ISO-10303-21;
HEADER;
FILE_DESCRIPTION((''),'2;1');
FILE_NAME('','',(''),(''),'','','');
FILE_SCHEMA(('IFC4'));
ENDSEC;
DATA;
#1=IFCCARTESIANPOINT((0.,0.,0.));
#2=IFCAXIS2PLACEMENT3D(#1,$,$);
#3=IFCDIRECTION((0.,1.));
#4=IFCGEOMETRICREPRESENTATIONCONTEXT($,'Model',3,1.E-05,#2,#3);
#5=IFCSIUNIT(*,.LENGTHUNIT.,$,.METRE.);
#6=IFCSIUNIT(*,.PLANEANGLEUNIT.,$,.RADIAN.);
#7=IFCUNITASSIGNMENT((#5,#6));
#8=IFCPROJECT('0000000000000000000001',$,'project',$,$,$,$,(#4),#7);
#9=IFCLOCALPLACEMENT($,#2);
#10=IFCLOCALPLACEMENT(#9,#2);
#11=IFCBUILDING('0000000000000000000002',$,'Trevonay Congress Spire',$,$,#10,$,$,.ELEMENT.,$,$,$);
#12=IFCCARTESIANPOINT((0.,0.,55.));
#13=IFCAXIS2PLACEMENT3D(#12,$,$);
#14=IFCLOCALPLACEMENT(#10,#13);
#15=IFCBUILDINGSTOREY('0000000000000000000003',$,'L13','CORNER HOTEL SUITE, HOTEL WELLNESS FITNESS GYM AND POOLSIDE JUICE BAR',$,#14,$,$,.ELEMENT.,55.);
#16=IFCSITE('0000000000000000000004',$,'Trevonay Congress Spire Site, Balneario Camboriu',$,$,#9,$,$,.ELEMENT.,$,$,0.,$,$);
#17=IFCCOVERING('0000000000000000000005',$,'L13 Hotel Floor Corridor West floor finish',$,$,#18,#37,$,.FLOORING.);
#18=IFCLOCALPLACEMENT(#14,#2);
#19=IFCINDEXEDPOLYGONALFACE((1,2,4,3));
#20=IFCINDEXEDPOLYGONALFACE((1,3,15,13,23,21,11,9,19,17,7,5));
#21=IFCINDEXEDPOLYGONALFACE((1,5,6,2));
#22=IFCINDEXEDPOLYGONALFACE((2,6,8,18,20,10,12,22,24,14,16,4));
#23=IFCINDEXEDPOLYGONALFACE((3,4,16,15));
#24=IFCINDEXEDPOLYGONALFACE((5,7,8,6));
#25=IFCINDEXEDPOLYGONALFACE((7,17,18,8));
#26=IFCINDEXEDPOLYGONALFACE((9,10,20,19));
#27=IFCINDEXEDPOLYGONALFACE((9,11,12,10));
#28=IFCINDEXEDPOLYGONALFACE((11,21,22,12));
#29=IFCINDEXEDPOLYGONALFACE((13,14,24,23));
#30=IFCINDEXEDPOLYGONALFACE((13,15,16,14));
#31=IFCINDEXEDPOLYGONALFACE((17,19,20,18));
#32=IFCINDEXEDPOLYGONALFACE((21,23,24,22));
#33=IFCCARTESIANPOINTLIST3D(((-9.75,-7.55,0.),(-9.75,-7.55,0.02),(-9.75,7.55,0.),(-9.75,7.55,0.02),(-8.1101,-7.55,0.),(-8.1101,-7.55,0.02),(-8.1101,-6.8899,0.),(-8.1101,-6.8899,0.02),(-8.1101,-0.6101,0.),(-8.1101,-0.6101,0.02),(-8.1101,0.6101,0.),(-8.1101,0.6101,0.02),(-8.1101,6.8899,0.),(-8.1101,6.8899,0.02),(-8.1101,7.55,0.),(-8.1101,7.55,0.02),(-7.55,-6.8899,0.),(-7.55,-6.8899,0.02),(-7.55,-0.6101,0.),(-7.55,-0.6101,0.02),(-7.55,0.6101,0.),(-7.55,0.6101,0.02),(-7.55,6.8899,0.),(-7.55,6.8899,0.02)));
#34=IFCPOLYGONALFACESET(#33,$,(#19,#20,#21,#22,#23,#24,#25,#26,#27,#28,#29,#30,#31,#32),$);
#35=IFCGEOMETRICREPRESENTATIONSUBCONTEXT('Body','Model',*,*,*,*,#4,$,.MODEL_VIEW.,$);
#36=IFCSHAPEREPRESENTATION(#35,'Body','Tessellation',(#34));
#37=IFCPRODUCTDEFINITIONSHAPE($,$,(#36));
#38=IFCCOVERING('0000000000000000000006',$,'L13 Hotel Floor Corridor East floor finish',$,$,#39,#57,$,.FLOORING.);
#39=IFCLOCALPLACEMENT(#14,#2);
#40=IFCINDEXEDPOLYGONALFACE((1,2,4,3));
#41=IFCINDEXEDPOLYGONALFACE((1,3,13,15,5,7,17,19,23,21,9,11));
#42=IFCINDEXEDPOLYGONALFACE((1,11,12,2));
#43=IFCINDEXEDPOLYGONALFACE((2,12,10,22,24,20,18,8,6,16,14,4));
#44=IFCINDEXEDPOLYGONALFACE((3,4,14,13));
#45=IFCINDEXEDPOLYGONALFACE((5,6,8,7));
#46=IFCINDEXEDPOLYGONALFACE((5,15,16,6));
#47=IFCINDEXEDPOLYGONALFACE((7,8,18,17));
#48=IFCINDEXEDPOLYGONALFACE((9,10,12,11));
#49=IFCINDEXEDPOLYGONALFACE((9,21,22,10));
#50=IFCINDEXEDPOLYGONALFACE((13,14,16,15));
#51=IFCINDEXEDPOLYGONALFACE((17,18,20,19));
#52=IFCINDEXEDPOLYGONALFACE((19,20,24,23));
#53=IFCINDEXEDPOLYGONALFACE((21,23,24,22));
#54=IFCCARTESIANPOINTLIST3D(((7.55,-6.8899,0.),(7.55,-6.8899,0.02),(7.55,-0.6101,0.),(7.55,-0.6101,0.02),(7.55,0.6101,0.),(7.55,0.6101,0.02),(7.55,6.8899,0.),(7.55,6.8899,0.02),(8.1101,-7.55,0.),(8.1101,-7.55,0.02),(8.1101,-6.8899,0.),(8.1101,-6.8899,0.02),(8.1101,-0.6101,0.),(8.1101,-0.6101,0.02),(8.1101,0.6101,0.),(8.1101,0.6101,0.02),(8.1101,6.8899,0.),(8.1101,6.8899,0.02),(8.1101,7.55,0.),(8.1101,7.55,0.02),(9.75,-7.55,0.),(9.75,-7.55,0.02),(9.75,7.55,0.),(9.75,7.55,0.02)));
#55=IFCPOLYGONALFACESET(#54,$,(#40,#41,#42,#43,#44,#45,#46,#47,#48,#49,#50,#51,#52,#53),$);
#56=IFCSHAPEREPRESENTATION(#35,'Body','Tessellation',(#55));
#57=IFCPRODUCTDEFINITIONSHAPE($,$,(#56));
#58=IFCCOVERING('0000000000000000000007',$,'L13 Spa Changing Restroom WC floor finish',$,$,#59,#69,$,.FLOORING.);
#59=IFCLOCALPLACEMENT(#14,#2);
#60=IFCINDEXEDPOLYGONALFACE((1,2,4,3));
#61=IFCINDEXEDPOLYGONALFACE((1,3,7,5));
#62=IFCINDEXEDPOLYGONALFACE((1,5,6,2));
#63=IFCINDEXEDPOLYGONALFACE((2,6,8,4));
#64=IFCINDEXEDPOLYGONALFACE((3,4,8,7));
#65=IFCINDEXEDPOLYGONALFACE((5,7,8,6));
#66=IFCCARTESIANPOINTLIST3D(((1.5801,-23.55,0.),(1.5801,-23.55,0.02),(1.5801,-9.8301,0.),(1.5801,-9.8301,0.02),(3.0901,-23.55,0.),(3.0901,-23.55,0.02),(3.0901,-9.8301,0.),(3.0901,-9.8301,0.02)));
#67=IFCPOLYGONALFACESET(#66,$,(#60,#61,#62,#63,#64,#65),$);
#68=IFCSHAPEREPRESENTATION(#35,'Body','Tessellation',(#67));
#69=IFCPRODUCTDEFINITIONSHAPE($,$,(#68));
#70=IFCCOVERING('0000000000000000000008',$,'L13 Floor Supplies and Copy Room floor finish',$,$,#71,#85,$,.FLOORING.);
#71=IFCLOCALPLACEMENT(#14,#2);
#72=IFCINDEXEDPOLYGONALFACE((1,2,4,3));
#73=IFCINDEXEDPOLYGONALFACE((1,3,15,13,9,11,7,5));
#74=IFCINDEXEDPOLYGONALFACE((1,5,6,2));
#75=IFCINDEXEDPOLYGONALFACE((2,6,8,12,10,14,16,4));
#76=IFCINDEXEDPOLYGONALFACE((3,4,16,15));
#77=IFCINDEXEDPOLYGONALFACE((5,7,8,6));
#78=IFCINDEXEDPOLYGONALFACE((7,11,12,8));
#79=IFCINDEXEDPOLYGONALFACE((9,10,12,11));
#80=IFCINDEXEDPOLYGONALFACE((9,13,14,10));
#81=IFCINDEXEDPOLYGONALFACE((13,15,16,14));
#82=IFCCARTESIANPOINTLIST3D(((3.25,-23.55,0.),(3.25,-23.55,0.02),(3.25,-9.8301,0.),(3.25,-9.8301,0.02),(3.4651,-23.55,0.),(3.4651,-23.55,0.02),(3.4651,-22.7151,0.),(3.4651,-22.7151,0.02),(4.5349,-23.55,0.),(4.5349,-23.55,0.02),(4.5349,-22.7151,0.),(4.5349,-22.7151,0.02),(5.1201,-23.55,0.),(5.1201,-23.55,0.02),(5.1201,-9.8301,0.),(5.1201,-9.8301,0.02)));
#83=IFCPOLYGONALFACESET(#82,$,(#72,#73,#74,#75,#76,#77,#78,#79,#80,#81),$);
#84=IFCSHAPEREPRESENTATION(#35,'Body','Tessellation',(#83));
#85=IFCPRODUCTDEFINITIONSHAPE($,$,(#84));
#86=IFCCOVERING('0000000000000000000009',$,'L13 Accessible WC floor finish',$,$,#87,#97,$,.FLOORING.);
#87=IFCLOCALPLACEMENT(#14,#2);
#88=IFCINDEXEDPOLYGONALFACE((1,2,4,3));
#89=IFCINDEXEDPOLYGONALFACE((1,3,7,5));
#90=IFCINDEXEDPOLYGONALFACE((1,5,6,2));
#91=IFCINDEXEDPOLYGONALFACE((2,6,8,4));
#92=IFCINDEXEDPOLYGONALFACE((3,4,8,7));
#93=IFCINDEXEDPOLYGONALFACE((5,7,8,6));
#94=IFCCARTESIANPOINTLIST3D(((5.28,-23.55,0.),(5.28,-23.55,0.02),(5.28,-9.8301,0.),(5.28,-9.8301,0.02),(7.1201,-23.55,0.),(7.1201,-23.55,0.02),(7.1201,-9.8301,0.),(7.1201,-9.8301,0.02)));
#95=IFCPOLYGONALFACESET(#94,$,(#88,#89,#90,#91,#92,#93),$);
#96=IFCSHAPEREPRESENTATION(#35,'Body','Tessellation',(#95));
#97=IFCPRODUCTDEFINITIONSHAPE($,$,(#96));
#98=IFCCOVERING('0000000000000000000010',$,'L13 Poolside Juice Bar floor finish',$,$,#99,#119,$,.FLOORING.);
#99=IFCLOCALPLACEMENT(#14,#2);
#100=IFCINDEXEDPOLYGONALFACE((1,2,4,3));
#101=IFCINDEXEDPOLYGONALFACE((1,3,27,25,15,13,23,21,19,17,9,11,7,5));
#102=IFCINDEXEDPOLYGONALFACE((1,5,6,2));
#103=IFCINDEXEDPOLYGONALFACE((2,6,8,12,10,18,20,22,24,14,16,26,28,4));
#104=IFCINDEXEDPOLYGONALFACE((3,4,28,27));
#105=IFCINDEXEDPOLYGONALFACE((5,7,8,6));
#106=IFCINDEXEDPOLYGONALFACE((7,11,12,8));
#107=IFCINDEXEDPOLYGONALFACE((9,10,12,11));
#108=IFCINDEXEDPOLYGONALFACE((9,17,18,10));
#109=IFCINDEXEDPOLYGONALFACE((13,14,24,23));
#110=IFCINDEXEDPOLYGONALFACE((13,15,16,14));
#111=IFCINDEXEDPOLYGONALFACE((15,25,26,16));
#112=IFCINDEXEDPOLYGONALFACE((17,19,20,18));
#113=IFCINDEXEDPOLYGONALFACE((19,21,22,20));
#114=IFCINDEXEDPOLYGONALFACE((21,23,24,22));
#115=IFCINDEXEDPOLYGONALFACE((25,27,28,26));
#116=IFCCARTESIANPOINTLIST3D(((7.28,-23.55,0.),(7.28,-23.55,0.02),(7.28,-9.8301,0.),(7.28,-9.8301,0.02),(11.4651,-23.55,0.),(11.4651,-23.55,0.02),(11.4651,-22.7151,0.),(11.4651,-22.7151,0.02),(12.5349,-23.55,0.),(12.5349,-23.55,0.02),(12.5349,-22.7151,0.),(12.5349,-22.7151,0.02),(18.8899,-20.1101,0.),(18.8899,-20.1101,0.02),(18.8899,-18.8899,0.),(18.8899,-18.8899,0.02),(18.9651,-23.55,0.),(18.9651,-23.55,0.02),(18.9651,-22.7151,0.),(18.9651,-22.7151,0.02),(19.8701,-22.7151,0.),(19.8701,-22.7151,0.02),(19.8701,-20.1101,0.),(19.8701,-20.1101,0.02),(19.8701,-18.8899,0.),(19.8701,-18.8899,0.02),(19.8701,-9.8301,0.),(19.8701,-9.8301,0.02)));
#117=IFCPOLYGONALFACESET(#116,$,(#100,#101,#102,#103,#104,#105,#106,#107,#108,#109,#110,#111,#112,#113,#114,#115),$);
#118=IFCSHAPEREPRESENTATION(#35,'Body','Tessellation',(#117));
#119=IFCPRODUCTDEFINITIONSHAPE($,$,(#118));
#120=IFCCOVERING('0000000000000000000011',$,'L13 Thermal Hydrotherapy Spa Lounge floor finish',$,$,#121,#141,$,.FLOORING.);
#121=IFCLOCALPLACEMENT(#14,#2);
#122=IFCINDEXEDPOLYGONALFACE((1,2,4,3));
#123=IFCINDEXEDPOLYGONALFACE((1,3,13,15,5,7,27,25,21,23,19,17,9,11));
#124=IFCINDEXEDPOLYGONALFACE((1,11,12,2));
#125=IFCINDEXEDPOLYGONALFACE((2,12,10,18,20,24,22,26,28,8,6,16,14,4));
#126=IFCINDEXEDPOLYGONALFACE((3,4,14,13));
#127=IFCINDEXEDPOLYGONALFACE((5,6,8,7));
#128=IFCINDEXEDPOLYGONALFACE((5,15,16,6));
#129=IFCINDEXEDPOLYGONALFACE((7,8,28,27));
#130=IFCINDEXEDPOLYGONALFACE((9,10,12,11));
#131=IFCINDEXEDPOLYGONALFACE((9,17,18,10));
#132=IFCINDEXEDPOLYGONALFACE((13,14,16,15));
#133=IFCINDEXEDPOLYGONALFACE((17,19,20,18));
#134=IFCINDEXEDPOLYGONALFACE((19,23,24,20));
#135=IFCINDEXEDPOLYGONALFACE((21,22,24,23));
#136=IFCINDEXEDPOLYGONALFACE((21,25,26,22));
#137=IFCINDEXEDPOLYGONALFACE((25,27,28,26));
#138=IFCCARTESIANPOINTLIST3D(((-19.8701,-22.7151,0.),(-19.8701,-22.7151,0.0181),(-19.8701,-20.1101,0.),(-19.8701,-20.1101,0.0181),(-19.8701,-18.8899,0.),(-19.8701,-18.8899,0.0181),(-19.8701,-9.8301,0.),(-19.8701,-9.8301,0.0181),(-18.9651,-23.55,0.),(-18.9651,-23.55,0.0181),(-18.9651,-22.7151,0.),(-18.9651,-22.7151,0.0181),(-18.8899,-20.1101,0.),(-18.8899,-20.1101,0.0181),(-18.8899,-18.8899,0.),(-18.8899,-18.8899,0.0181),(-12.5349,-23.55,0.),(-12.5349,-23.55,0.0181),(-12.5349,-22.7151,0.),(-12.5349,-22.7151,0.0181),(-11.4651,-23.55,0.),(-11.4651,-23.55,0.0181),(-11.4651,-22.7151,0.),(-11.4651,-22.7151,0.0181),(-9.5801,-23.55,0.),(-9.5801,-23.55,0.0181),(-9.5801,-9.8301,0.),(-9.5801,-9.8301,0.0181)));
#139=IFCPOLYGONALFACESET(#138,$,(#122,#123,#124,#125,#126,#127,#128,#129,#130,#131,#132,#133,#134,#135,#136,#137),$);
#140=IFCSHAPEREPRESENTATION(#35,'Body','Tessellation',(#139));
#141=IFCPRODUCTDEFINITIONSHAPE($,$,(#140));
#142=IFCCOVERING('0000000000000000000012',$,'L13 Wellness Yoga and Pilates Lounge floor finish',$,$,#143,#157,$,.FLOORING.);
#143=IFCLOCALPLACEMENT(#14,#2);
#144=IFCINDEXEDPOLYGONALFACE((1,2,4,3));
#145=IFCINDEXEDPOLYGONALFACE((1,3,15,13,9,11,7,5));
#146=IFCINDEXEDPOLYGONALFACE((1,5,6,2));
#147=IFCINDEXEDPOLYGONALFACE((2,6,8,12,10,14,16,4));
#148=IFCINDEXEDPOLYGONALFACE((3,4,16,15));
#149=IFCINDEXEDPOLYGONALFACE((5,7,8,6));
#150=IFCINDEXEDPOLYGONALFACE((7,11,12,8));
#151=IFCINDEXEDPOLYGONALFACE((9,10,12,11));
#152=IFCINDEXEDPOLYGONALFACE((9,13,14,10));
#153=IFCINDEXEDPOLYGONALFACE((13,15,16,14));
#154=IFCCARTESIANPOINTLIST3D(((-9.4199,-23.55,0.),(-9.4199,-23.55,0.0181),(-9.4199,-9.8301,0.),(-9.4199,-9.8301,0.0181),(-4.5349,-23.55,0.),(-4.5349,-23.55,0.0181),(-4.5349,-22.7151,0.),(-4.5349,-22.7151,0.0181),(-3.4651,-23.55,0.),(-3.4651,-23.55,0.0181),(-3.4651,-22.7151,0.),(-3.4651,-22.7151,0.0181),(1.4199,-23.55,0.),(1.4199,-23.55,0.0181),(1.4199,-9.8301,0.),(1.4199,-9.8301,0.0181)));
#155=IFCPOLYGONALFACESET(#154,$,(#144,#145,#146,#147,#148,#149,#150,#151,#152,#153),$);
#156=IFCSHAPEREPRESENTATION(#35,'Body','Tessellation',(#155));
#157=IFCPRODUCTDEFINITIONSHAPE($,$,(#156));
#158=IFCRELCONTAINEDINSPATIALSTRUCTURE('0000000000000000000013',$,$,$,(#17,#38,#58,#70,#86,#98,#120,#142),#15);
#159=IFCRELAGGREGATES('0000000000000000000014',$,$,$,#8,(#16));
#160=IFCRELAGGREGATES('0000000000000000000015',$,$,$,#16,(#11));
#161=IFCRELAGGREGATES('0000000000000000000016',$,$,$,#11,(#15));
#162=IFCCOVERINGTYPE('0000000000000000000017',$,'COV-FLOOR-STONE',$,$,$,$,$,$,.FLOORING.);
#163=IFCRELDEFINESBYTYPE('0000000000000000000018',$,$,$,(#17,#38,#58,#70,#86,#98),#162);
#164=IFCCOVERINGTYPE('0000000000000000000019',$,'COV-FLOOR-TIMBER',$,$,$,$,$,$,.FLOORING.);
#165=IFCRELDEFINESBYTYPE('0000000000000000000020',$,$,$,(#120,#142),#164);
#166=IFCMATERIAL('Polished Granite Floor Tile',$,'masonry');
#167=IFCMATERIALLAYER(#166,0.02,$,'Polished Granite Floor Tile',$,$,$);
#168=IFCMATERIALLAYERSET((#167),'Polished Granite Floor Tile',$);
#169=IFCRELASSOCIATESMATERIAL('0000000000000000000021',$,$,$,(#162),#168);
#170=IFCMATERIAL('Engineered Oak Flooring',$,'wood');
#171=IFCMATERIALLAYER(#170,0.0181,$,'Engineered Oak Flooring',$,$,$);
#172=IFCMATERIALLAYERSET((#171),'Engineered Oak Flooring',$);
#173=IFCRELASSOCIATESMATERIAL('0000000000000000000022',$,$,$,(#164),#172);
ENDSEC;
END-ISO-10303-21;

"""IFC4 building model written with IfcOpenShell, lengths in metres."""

from ifc_helpers import new_model, si_unit, direction, frame, origin, place, context, subcontext, project, spatial, polyline, outline, extrude, material, layer, layer_set, type_object, element, save


model = new_model("IFC4")

# Units and contexts
model_context = context("Model", 3, precision=1e-05, world=origin(), true_north=direction((0.0, 1.0)))
body_context = subcontext(model_context, "Body", "Model", "MODEL_VIEW")
ifc_project = project(units=[si_unit("LENGTHUNIT", "METRE"), si_unit("PLANEANGLEUNIT", "RADIAN")], contexts=[model_context])

# Site, building, storey
site_placement = place(None, origin())
site = spatial("IfcSite", under=ifc_project, at=site_placement, Name="Trevonay Congress Spire Site, Balneario Camboriu", CompositionType="ELEMENT", RefElevation=0.0)
building_placement = place(site_placement, origin())
building = spatial("IfcBuilding", under=site, at=building_placement, Name="Trevonay Congress Spire", CompositionType="ELEMENT")
storey_placement = place(building_placement, frame((0.0, 0.0, 55.0)))
storey = spatial("IfcBuildingStorey", under=building, at=storey_placement, Name="L13", Description="CORNER HOTEL SUITE, HOTEL WELLNESS FITNESS GYM AND POOLSIDE JUICE BAR", CompositionType="ELEMENT", Elevation=55.0)

# Coverings
ifc_material_1 = material(Name="Polished Granite Floor Tile", Category="masonry")
ifc_layer_1 = layer(ifc_material_1, 0.02, Name="Polished Granite Floor Tile")
ifc_layer_set_1 = layer_set([ifc_layer_1], Name="Polished Granite Floor Tile")
covering_type_1 = type_object("IfcCoveringType", Name="COV-FLOOR-STONE", PredefinedType="FLOORING", material=ifc_layer_set_1)
covering_1_placement = place(storey_placement, origin())
element("IfcCovering", 1, at=covering_1_placement, inside=storey, type_object=covering_type_1, Name="L13 Hotel Floor Corridor West floor finish", PredefinedType="FLOORING", context=body_context, shape_type="SweptSolid", body=[
    extrude(outline(polyline([(-9.75, 7.55), (-8.1101, 7.55), (-8.1101, 6.8899), (-7.55, 6.8899), (-7.55, 0.6101), (-8.1101, 0.6101), (-8.1101, -0.6101), (-7.55, -0.6101), (-7.55, -6.8899), (-8.1101, -6.8899), (-8.1101, -7.55), (-9.75, -7.55), (-9.75, 7.55)])), origin(), (0.0, 0.0, 1.0), 0.02),
])
covering_2_placement = place(storey_placement, origin())
element("IfcCovering", 2, at=covering_2_placement, inside=storey, type_object=covering_type_1, Name="L13 Hotel Floor Corridor East floor finish", PredefinedType="FLOORING", context=body_context, shape_type="SweptSolid", body=[
    extrude(outline(polyline([(9.75, -7.55), (8.1101, -7.55), (8.1101, -6.8899), (7.55, -6.8899), (7.55, -0.6101), (8.1101, -0.6101), (8.1101, 0.6101), (7.55, 0.6101), (7.55, 6.8899), (8.1101, 6.8899), (8.1101, 7.55), (9.75, 7.55), (9.75, -7.55)])), origin(), (0.0, 0.0, 1.0), 0.02),
])
covering_3_placement = place(storey_placement, origin())
element("IfcCovering", 3, at=covering_3_placement, inside=storey, type_object=covering_type_1, Name="L13 Spa Changing Restroom WC floor finish", PredefinedType="FLOORING", context=body_context, shape_type="SweptSolid", body=[
    extrude(outline(polyline([(1.5801, -23.55), (3.0901, -23.55), (3.0901, -9.8301), (1.5801, -9.8301), (1.5801, -23.55)])), origin(), (0.0, 0.0, 1.0), 0.02),
])
covering_4_placement = place(storey_placement, origin())
element("IfcCovering", 4, at=covering_4_placement, inside=storey, type_object=covering_type_1, Name="L13 Floor Supplies and Copy Room floor finish", PredefinedType="FLOORING", context=body_context, shape_type="SweptSolid", body=[
    extrude(outline(polyline([(3.25, -23.55), (3.25, -9.8301), (5.1201, -9.8301), (5.1201, -23.55), (4.5349, -23.55), (4.5349, -22.7151), (3.4651, -22.7151), (3.4651, -23.55), (3.25, -23.55)])), origin(), (0.0, 0.0, 1.0), 0.02),
])
covering_5_placement = place(storey_placement, origin())
element("IfcCovering", 5, at=covering_5_placement, inside=storey, type_object=covering_type_1, Name="L13 Accessible WC floor finish", PredefinedType="FLOORING", context=body_context, shape_type="SweptSolid", body=[
    extrude(outline(polyline([(5.28, -23.55), (7.1201, -23.55), (7.1201, -9.8301), (5.28, -9.8301), (5.28, -23.55)])), origin(), (0.0, 0.0, 1.0), 0.02),
])
covering_6_placement = place(storey_placement, origin())
element("IfcCovering", 6, at=covering_6_placement, inside=storey, type_object=covering_type_1, Name="L13 Poolside Juice Bar floor finish", PredefinedType="FLOORING", context=body_context, shape_type="SweptSolid", body=[
    extrude(outline(polyline([(7.28, -23.55), (7.28, -9.8301), (19.8701, -9.8301), (19.8701, -18.8899), (18.8899, -18.8899), (18.8899, -20.1101), (19.8701, -20.1101), (19.8701, -22.7151), (18.9651, -22.7151), (18.9651, -23.55), (12.5349, -23.55), (12.5349, -22.7151), (11.4651, -22.7151), (11.4651, -23.55), (7.28, -23.55)])), origin(), (0.0, 0.0, 1.0), 0.02),
])
ifc_material_2 = material(Name="Engineered Oak Flooring", Category="wood")
ifc_layer_2 = layer(ifc_material_2, 0.0181, Name="Engineered Oak Flooring")
ifc_layer_set_2 = layer_set([ifc_layer_2], Name="Engineered Oak Flooring")
covering_type_2 = type_object("IfcCoveringType", Name="COV-FLOOR-TIMBER", PredefinedType="FLOORING", material=ifc_layer_set_2)
covering_7_placement = place(storey_placement, origin())
element("IfcCovering", 7, at=covering_7_placement, inside=storey, type_object=covering_type_2, Name="L13 Thermal Hydrotherapy Spa Lounge floor finish", PredefinedType="FLOORING", context=body_context, shape_type="SweptSolid", body=[
    extrude(outline(polyline([(-18.9651, -23.55), (-18.9651, -22.7151), (-19.8701, -22.7151), (-19.8701, -20.1101), (-18.8899, -20.1101), (-18.8899, -18.8899), (-19.8701, -18.8899), (-19.8701, -9.8301), (-9.5801, -9.8301), (-9.5801, -23.55), (-11.4651, -23.55), (-11.4651, -22.7151), (-12.5349, -22.7151), (-12.5349, -23.55), (-18.9651, -23.55)])), origin(), (0.0, 0.0, 1.0), 0.0181),
])
covering_8_placement = place(storey_placement, origin())
element("IfcCovering", 8, at=covering_8_placement, inside=storey, type_object=covering_type_2, Name="L13 Wellness Yoga and Pilates Lounge floor finish", PredefinedType="FLOORING", context=body_context, shape_type="SweptSolid", body=[
    extrude(outline(polyline([(-9.4199, -23.55), (-9.4199, -9.8301), (1.4199, -9.8301), (1.4199, -23.55), (-3.4651, -23.55), (-3.4651, -22.7151), (-4.5349, -22.7151), (-4.5349, -23.55), (-9.4199, -23.55)])), origin(), (0.0, 0.0, 1.0), 0.0181),
])

save(model, "model.ifc")
